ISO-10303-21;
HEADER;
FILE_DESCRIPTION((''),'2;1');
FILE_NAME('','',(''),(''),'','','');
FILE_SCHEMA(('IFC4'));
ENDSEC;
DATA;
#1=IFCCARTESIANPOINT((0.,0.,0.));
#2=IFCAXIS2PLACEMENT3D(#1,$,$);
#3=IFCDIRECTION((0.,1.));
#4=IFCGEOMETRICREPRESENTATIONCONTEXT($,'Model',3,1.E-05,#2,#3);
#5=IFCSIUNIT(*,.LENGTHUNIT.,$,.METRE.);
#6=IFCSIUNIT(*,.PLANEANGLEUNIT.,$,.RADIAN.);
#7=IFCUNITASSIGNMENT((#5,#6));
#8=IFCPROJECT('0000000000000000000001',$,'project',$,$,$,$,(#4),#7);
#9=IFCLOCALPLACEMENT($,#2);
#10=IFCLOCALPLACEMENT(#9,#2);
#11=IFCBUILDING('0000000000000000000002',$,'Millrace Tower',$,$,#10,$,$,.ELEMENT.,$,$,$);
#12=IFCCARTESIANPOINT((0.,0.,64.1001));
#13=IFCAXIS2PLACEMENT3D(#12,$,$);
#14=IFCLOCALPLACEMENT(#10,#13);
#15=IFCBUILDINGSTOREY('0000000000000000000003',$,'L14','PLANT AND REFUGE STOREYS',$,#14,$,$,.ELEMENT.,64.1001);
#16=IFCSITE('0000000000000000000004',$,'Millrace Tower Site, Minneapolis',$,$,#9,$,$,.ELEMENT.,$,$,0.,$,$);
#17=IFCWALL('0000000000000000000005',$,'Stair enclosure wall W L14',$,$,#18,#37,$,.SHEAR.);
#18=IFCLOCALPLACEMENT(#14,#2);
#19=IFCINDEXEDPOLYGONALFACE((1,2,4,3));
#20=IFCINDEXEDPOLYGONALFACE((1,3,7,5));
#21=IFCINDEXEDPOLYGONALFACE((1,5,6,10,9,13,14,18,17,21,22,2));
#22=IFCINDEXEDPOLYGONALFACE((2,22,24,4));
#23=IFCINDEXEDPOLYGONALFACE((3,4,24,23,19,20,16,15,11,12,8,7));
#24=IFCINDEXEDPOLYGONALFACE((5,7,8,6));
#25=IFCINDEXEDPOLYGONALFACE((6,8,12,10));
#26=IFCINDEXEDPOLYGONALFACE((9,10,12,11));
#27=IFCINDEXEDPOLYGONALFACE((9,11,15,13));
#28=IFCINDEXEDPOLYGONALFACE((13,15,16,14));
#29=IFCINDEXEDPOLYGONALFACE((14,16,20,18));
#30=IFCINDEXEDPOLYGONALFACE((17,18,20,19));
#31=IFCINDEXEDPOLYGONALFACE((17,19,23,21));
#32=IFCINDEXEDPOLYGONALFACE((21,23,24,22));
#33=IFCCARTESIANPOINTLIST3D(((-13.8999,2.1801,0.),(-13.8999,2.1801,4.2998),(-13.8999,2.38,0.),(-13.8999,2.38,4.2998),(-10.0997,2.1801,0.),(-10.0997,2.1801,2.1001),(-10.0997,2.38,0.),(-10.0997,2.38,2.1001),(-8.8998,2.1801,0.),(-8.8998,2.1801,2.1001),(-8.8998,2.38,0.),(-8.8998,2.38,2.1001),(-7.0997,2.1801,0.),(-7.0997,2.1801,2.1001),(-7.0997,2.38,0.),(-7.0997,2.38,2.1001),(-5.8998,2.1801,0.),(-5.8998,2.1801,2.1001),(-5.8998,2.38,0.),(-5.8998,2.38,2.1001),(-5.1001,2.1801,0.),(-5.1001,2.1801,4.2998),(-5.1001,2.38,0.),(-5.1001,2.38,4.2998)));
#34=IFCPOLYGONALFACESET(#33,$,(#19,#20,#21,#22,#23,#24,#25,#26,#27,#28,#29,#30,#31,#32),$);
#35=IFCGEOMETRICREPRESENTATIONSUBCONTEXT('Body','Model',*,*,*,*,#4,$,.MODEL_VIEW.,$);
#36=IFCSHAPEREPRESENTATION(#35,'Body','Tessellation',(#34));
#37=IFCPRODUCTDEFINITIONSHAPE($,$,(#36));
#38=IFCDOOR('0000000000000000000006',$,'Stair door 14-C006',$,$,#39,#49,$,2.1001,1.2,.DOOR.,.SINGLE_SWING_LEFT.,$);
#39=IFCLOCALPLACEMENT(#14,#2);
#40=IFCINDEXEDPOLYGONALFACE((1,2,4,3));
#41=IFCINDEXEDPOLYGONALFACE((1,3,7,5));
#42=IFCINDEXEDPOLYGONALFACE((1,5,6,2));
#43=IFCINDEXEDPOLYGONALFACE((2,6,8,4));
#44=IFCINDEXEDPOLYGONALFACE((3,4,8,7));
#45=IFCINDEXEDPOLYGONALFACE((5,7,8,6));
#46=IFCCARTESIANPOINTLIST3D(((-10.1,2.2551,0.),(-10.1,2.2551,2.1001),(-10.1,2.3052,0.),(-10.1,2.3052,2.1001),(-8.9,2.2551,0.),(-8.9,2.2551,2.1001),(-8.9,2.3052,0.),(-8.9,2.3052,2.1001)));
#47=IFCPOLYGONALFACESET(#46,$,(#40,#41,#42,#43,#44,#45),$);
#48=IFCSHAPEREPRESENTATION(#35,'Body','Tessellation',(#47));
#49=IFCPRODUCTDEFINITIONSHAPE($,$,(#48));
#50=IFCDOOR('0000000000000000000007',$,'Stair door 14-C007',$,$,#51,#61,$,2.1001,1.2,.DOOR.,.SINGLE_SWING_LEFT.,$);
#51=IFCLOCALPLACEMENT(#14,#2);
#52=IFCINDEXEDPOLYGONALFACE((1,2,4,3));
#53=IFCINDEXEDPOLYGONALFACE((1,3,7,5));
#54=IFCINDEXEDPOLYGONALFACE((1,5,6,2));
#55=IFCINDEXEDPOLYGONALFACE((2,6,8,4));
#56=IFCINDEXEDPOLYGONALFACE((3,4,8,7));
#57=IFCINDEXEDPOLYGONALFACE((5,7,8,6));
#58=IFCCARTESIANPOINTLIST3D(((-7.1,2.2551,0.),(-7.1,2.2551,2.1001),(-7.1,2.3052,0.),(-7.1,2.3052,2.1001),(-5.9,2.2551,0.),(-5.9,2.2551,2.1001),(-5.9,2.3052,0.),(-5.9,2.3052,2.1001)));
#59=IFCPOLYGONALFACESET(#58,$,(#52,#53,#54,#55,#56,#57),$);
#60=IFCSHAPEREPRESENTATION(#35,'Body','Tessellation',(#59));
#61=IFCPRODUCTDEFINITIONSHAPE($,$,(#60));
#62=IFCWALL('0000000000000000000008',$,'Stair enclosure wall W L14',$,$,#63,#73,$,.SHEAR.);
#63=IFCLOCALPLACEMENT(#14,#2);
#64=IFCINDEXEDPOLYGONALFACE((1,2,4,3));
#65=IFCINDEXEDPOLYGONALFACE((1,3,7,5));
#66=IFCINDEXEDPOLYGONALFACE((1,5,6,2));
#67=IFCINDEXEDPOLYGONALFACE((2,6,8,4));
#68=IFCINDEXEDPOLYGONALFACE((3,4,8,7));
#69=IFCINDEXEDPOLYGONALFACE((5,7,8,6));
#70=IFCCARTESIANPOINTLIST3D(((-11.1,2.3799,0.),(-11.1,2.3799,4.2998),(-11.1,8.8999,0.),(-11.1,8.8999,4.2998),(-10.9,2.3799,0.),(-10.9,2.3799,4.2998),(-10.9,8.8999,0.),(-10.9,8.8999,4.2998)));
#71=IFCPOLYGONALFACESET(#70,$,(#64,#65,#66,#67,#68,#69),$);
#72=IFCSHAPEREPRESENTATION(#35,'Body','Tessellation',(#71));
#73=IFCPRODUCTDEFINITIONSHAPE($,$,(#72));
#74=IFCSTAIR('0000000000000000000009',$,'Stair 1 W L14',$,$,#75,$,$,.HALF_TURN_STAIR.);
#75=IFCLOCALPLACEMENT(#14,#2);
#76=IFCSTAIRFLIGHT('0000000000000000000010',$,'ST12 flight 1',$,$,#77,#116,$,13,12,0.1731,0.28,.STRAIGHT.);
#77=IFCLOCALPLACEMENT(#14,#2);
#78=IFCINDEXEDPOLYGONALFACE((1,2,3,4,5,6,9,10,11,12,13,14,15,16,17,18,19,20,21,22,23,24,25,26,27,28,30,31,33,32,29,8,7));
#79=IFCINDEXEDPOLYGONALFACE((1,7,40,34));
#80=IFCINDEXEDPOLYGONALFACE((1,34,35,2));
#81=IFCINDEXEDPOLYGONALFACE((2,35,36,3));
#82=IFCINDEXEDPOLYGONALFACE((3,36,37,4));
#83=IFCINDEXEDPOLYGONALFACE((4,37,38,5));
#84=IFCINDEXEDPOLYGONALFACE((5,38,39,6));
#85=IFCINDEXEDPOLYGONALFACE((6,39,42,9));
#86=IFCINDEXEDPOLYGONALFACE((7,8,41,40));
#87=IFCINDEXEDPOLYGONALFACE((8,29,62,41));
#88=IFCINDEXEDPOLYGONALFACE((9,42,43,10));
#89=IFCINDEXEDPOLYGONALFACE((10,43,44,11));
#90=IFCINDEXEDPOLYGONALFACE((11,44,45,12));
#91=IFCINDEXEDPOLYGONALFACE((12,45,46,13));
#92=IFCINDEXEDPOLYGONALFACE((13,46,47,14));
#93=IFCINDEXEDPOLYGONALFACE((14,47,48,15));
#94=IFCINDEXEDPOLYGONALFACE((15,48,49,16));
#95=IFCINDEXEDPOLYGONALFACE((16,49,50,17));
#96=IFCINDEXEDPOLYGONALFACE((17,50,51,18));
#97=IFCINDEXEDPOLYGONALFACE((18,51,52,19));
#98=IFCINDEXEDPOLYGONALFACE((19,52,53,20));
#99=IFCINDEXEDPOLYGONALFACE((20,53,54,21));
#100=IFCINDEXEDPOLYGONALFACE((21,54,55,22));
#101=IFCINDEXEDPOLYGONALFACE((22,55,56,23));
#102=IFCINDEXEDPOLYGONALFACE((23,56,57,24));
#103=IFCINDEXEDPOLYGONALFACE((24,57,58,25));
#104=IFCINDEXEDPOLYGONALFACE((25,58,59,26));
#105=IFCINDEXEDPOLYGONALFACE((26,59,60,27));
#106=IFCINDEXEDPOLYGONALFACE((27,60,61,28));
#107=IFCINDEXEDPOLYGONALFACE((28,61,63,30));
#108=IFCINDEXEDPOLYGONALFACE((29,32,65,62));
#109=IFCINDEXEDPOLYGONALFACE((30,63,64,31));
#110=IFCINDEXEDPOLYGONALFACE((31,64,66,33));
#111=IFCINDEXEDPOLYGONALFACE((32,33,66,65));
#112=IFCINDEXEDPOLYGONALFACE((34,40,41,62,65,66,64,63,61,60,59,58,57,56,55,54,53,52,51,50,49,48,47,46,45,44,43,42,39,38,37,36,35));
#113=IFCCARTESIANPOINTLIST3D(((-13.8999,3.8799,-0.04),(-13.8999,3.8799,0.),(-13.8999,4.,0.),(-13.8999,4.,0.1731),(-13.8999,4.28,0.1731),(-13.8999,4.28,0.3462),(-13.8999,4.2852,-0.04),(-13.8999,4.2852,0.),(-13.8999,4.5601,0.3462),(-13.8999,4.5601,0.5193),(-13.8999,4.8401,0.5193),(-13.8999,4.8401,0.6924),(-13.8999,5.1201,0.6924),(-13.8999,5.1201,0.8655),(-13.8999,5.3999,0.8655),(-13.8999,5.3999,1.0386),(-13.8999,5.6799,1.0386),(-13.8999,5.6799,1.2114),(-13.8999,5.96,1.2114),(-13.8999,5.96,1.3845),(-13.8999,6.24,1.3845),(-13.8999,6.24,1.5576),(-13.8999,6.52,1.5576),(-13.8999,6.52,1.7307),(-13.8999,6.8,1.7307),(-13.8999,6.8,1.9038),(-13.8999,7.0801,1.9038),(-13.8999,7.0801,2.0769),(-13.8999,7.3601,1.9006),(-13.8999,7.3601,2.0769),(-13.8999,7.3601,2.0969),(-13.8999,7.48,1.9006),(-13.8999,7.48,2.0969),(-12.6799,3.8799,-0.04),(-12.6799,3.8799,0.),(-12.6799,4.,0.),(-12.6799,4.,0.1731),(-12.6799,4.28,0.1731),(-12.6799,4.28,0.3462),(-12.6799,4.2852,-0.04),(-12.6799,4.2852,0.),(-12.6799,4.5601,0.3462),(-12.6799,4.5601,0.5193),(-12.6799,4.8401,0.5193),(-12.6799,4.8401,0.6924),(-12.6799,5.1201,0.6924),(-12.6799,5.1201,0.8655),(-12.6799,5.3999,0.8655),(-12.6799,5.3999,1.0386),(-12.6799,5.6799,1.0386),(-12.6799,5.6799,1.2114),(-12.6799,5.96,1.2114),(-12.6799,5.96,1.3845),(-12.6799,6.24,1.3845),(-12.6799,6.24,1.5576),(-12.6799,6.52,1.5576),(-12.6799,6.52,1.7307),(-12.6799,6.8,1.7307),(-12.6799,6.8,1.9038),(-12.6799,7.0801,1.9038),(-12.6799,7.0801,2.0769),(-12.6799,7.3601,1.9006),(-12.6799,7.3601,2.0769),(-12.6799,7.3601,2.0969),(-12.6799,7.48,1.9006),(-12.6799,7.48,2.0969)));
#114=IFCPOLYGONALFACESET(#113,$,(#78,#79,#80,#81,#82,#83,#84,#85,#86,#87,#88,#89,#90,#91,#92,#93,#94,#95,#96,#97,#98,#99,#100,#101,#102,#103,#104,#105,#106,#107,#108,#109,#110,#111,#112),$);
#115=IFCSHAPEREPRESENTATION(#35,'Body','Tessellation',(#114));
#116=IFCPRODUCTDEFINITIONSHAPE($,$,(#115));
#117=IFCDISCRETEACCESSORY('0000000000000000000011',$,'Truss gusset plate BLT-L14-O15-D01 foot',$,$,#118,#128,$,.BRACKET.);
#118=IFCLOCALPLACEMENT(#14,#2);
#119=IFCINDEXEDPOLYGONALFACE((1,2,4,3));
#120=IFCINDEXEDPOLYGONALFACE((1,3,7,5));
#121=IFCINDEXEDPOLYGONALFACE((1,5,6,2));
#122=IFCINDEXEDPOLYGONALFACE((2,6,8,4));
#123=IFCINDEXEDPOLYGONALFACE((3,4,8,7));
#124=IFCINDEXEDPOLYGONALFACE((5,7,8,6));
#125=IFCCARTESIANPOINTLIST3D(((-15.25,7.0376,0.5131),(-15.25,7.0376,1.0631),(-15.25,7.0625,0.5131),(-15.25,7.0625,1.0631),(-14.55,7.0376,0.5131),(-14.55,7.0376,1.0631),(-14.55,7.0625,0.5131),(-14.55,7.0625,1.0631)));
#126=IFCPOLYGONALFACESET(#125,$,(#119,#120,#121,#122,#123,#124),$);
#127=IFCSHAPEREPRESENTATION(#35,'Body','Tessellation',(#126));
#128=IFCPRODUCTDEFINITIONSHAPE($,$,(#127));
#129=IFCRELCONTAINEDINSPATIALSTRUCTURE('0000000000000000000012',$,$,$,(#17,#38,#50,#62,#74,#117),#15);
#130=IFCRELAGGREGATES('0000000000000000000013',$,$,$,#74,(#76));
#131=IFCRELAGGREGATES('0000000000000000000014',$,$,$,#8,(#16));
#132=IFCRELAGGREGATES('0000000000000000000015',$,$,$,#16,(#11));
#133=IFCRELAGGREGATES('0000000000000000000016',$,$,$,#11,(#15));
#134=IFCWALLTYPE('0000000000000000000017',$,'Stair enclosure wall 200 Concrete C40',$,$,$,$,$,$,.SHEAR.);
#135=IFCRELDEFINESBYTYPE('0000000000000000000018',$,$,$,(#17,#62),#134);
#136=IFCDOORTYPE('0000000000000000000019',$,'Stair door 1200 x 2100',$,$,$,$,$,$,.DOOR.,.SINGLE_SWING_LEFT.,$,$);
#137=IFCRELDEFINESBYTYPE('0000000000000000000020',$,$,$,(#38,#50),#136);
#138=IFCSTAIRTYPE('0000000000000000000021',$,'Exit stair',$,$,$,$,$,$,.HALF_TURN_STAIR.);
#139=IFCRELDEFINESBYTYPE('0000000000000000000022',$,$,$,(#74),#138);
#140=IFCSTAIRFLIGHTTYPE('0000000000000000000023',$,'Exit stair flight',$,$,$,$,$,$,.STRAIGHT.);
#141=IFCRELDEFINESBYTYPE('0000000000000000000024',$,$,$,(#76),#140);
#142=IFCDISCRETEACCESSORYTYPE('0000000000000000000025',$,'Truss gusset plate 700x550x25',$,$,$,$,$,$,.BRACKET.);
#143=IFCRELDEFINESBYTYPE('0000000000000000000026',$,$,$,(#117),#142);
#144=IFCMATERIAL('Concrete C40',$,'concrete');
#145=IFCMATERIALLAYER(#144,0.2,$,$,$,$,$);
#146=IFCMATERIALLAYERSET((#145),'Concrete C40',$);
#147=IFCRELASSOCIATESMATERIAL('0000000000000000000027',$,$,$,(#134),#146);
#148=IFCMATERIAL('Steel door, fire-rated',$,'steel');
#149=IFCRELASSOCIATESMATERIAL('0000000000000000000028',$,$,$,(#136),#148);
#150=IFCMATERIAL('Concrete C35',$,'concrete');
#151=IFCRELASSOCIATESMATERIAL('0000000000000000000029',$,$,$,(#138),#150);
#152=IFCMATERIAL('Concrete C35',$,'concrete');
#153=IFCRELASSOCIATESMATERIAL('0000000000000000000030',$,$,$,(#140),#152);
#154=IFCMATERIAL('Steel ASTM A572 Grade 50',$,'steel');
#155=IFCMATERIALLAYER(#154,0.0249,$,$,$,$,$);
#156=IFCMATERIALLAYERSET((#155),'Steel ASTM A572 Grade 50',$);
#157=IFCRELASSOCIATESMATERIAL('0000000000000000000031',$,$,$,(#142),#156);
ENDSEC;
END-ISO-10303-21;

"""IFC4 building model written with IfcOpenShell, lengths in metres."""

from ifc_helpers import new_model, si_unit, direction, frame, frame_2d, origin, origin_2d, place, context, subcontext, project, spatial, polyline, rectangle, outline, extrude, material, layer, layer_set, type_object, element, fill, aggregate, save


model = new_model("IFC4")

# Units and contexts
model_context = context("Model", 3, precision=1e-05, world=origin(), true_north=direction((0.0, 1.0)))
body_context = subcontext(model_context, "Body", "Model", "MODEL_VIEW")
ifc_project = project(units=[si_unit("LENGTHUNIT", "METRE"), si_unit("PLANEANGLEUNIT", "RADIAN")], contexts=[model_context])

# Site, building, storey
site_placement = place(None, origin())
site = spatial("IfcSite", under=ifc_project, at=site_placement, Name="Millrace Tower Site, Minneapolis", CompositionType="ELEMENT", RefElevation=0.0)
building_placement = place(site_placement, origin())
building = spatial("IfcBuilding", under=site, at=building_placement, Name="Millrace Tower", CompositionType="ELEMENT")
storey_placement = place(building_placement, frame((0.0, 0.0, 64.1001)))
storey = spatial("IfcBuildingStorey", under=building, at=storey_placement, Name="L14", Description="PLANT AND REFUGE STOREYS", CompositionType="ELEMENT", Elevation=64.1001)

# Shared definitions
ifc_material_1 = material(Name="Concrete C40", Category="concrete")
ifc_layer_1 = layer(ifc_material_1, 0.2)
ifc_layer_set_1 = layer_set([ifc_layer_1], Name="Concrete C40")
wall_type_1 = type_object("IfcWallType", Name="Stair enclosure wall 200 Concrete C40", PredefinedType="SHEAR", material=ifc_layer_set_1)

# Wall, openings, doors
wall_1_placement = place(storey_placement, frame((-13.8999, 2.28, 0.0), z_axis=(0.0, 0.0, 1.0), x_axis=(1.0, 0.0, 0.0)))
wall_1 = element("IfcWall", 1, at=wall_1_placement, inside=storey, type_object=wall_type_1, Name="Stair enclosure wall W L14", PredefinedType="SHEAR", context=body_context, shape_type="SweptSolid", body=[
    extrude(rectangle(XDim=8.7998, YDim=0.2, at=frame_2d((4.3999, 0.0))), origin(), (0.0, 0.0, 1.0), 4.2998),
])
opening_1_placement = place(wall_1_placement, frame((3.8, 0.0, 0.0)))
opening_1 = element("IfcOpeningElement", 2, at=opening_1_placement, cuts=wall_1, PredefinedType="OPENING", context=body_context, shape_type="SweptSolid", body=[
    extrude(rectangle(XDim=1.2, YDim=2.1001, at=frame_2d((0.6001, 1.05))), frame((0.0, 0.1099, 0.0), z_axis=(0.0, -1.0, 0.0), x_axis=(1.0, 0.0, 0.0)), (0.0, 0.0, 1.0), 0.22),
])
opening_2_placement = place(wall_1_placement, frame((6.8, 0.0, 0.0)))
opening_2 = element("IfcOpeningElement", 3, at=opening_2_placement, cuts=wall_1, PredefinedType="OPENING", context=body_context, shape_type="SweptSolid", body=[
    extrude(rectangle(XDim=1.2, YDim=2.1001, at=frame_2d((0.6001, 1.05))), frame((0.0, 0.1099, 0.0), z_axis=(0.0, -1.0, 0.0), x_axis=(1.0, 0.0, 0.0)), (0.0, 0.0, 1.0), 0.22),
])
ifc_material_2 = material(Name="Steel door, fire-rated", Category="steel")
door_type_1 = type_object("IfcDoorType", Name="Stair door 1200 x 2100", OperationType="SINGLE_SWING_LEFT", PredefinedType="DOOR", material=ifc_material_2)
door_1_placement = place(opening_1_placement, frame((1.2, 0.0, 0.0), z_axis=(0.0, 0.0, 1.0), x_axis=(-1.0, 0.0, 0.0)))
door_1 = element("IfcDoor", 4, at=door_1_placement, inside=storey, type_object=door_type_1, Name="Stair door 14-C006", OperationType="SINGLE_SWING_LEFT", OverallHeight=2.1001, OverallWidth=1.2, PredefinedType="DOOR", context=body_context, shape_type="SweptSolid", body=[
    extrude(rectangle(XDim=1.2, YDim=2.1001, at=frame_2d((0.6001, 1.05))), frame((0.0, 0.0249, 0.0), z_axis=(0.0, -1.0, 0.0), x_axis=(1.0, 0.0, 0.0)), (0.0, 0.0, 1.0), 0.05),
])
fill(opening_1, door_1)
door_2_placement = place(opening_2_placement, frame((1.2, 0.0, 0.0), z_axis=(0.0, 0.0, 1.0), x_axis=(-1.0, 0.0, 0.0)))
door_2 = element("IfcDoor", 5, at=door_2_placement, inside=storey, type_object=door_type_1, Name="Stair door 14-C007", OperationType="SINGLE_SWING_LEFT", OverallHeight=2.1001, OverallWidth=1.2, PredefinedType="DOOR", context=body_context, shape_type="SweptSolid", body=[
    extrude(rectangle(XDim=1.2, YDim=2.1001, at=frame_2d((0.6001, 1.05))), frame((0.0, 0.0249, 0.0), z_axis=(0.0, -1.0, 0.0), x_axis=(1.0, 0.0, 0.0)), (0.0, 0.0, 1.0), 0.05),
])
fill(opening_2, door_2)

# Wall
wall_2_placement = place(storey_placement, frame((-11.0, 2.3799, 0.0), z_axis=(0.0, 0.0, 1.0), x_axis=(0.0, 1.0, 0.0)))
element("IfcWall", 6, at=wall_2_placement, inside=storey, type_object=wall_type_1, Name="Stair enclosure wall W L14", PredefinedType="SHEAR", context=body_context, shape_type="SweptSolid", body=[
    extrude(rectangle(XDim=6.52, YDim=0.2, at=frame_2d((3.26, 0.0))), origin(), (0.0, 0.0, 1.0), 4.2998),
])

# Stair, stair flight
ifc_material_3 = material(Name="Concrete C35", Category="concrete")
stair_type = type_object("IfcStairType", Name="Exit stair", PredefinedType="HALF_TURN_STAIR", material=ifc_material_3)
stair_placement = place(storey_placement, origin())
stair = element("IfcStair", 7, at=stair_placement, inside=storey, type_object=stair_type, Name="Stair 1 W L14", PredefinedType="HALF_TURN_STAIR")
ifc_material_4 = material(Name="Concrete C35", Category="concrete")
stair_flight_type = type_object("IfcStairFlightType", Name="Exit stair flight", PredefinedType="STRAIGHT", material=ifc_material_4)
stair_flight_placement = place(storey_placement, frame((-13.29, 4.0, 0.0), z_axis=(0.0, 0.0, 1.0), x_axis=(0.0, 1.0, 0.0)))
stair_flight = element("IfcStairFlight", 8, at=stair_flight_placement, type_object=stair_flight_type, Name="ST12 flight 1", NumberOfRisers=13, NumberOfTreads=12, PredefinedType="STRAIGHT", RiserHeight=0.1731, TreadLength=0.28, context=body_context, shape_type="SweptSolid", body=[
    extrude(outline(polyline([(-0.1201, -0.04), (-0.1201, 0.0), (0.0, 0.0), (0.0, 0.1731), (0.28, 0.1731), (0.28, 0.3462), (0.5601, 0.3462), (0.5601, 0.5193), (0.8401, 0.5193), (0.8401, 0.6924), (1.1201, 0.6924), (1.1201, 0.8655), (1.3999, 0.8655), (1.3999, 1.0386), (1.6799, 1.0386), (1.6799, 1.2114), (1.96, 1.2114), (1.96, 1.3845), (2.24, 1.3845), (2.24, 1.5576), (2.52, 1.5576), (2.52, 1.7307), (2.8, 1.7307), (2.8, 1.9038), (3.0801, 1.9038), (3.0801, 2.0769), (3.3601, 2.0769), (3.3601, 2.0969), (3.48, 2.0969), (3.48, 1.9006), (3.3601, 1.9006), (0.2852, 0.0), (0.2852, -0.04), (-0.1201, -0.04)])), frame((0.0, 0.6099, 0.0), z_axis=(0.0, -1.0, 0.0), x_axis=(1.0, 0.0, 0.0)), (0.0, 0.0, 1.0), 1.22),
])
aggregate(stair, [stair_flight])

# Discrete accessory
ifc_material_5 = material(Name="Steel ASTM A572 Grade 50", Category="steel")
ifc_layer_2 = layer(ifc_material_5, 0.0249)
ifc_layer_set_2 = layer_set([ifc_layer_2], Name="Steel ASTM A572 Grade 50")
discrete_accessory_type = type_object("IfcDiscreteAccessoryType", Name="Truss gusset plate 700x550x25", PredefinedType="BRACKET", material=ifc_layer_set_2)
discrete_accessory_placement = place(storey_placement, frame((-15.25, 7.05, 0.7881), z_axis=(1.0, 0.0, 0.0), x_axis=(0.0, 1.0, 0.0)))
element("IfcDiscreteAccessory", 9, at=discrete_accessory_placement, inside=storey, type_object=discrete_accessory_type, Name="Truss gusset plate BLT-L14-O15-D01 foot", PredefinedType="BRACKET", context=body_context, shape_type="SweptSolid", body=[
    extrude(rectangle(XDim=0.0249, YDim=0.55, at=origin_2d()), origin(), (0.0, 0.0, 1.0), 0.7),
])

save(model, "model.ifc")
